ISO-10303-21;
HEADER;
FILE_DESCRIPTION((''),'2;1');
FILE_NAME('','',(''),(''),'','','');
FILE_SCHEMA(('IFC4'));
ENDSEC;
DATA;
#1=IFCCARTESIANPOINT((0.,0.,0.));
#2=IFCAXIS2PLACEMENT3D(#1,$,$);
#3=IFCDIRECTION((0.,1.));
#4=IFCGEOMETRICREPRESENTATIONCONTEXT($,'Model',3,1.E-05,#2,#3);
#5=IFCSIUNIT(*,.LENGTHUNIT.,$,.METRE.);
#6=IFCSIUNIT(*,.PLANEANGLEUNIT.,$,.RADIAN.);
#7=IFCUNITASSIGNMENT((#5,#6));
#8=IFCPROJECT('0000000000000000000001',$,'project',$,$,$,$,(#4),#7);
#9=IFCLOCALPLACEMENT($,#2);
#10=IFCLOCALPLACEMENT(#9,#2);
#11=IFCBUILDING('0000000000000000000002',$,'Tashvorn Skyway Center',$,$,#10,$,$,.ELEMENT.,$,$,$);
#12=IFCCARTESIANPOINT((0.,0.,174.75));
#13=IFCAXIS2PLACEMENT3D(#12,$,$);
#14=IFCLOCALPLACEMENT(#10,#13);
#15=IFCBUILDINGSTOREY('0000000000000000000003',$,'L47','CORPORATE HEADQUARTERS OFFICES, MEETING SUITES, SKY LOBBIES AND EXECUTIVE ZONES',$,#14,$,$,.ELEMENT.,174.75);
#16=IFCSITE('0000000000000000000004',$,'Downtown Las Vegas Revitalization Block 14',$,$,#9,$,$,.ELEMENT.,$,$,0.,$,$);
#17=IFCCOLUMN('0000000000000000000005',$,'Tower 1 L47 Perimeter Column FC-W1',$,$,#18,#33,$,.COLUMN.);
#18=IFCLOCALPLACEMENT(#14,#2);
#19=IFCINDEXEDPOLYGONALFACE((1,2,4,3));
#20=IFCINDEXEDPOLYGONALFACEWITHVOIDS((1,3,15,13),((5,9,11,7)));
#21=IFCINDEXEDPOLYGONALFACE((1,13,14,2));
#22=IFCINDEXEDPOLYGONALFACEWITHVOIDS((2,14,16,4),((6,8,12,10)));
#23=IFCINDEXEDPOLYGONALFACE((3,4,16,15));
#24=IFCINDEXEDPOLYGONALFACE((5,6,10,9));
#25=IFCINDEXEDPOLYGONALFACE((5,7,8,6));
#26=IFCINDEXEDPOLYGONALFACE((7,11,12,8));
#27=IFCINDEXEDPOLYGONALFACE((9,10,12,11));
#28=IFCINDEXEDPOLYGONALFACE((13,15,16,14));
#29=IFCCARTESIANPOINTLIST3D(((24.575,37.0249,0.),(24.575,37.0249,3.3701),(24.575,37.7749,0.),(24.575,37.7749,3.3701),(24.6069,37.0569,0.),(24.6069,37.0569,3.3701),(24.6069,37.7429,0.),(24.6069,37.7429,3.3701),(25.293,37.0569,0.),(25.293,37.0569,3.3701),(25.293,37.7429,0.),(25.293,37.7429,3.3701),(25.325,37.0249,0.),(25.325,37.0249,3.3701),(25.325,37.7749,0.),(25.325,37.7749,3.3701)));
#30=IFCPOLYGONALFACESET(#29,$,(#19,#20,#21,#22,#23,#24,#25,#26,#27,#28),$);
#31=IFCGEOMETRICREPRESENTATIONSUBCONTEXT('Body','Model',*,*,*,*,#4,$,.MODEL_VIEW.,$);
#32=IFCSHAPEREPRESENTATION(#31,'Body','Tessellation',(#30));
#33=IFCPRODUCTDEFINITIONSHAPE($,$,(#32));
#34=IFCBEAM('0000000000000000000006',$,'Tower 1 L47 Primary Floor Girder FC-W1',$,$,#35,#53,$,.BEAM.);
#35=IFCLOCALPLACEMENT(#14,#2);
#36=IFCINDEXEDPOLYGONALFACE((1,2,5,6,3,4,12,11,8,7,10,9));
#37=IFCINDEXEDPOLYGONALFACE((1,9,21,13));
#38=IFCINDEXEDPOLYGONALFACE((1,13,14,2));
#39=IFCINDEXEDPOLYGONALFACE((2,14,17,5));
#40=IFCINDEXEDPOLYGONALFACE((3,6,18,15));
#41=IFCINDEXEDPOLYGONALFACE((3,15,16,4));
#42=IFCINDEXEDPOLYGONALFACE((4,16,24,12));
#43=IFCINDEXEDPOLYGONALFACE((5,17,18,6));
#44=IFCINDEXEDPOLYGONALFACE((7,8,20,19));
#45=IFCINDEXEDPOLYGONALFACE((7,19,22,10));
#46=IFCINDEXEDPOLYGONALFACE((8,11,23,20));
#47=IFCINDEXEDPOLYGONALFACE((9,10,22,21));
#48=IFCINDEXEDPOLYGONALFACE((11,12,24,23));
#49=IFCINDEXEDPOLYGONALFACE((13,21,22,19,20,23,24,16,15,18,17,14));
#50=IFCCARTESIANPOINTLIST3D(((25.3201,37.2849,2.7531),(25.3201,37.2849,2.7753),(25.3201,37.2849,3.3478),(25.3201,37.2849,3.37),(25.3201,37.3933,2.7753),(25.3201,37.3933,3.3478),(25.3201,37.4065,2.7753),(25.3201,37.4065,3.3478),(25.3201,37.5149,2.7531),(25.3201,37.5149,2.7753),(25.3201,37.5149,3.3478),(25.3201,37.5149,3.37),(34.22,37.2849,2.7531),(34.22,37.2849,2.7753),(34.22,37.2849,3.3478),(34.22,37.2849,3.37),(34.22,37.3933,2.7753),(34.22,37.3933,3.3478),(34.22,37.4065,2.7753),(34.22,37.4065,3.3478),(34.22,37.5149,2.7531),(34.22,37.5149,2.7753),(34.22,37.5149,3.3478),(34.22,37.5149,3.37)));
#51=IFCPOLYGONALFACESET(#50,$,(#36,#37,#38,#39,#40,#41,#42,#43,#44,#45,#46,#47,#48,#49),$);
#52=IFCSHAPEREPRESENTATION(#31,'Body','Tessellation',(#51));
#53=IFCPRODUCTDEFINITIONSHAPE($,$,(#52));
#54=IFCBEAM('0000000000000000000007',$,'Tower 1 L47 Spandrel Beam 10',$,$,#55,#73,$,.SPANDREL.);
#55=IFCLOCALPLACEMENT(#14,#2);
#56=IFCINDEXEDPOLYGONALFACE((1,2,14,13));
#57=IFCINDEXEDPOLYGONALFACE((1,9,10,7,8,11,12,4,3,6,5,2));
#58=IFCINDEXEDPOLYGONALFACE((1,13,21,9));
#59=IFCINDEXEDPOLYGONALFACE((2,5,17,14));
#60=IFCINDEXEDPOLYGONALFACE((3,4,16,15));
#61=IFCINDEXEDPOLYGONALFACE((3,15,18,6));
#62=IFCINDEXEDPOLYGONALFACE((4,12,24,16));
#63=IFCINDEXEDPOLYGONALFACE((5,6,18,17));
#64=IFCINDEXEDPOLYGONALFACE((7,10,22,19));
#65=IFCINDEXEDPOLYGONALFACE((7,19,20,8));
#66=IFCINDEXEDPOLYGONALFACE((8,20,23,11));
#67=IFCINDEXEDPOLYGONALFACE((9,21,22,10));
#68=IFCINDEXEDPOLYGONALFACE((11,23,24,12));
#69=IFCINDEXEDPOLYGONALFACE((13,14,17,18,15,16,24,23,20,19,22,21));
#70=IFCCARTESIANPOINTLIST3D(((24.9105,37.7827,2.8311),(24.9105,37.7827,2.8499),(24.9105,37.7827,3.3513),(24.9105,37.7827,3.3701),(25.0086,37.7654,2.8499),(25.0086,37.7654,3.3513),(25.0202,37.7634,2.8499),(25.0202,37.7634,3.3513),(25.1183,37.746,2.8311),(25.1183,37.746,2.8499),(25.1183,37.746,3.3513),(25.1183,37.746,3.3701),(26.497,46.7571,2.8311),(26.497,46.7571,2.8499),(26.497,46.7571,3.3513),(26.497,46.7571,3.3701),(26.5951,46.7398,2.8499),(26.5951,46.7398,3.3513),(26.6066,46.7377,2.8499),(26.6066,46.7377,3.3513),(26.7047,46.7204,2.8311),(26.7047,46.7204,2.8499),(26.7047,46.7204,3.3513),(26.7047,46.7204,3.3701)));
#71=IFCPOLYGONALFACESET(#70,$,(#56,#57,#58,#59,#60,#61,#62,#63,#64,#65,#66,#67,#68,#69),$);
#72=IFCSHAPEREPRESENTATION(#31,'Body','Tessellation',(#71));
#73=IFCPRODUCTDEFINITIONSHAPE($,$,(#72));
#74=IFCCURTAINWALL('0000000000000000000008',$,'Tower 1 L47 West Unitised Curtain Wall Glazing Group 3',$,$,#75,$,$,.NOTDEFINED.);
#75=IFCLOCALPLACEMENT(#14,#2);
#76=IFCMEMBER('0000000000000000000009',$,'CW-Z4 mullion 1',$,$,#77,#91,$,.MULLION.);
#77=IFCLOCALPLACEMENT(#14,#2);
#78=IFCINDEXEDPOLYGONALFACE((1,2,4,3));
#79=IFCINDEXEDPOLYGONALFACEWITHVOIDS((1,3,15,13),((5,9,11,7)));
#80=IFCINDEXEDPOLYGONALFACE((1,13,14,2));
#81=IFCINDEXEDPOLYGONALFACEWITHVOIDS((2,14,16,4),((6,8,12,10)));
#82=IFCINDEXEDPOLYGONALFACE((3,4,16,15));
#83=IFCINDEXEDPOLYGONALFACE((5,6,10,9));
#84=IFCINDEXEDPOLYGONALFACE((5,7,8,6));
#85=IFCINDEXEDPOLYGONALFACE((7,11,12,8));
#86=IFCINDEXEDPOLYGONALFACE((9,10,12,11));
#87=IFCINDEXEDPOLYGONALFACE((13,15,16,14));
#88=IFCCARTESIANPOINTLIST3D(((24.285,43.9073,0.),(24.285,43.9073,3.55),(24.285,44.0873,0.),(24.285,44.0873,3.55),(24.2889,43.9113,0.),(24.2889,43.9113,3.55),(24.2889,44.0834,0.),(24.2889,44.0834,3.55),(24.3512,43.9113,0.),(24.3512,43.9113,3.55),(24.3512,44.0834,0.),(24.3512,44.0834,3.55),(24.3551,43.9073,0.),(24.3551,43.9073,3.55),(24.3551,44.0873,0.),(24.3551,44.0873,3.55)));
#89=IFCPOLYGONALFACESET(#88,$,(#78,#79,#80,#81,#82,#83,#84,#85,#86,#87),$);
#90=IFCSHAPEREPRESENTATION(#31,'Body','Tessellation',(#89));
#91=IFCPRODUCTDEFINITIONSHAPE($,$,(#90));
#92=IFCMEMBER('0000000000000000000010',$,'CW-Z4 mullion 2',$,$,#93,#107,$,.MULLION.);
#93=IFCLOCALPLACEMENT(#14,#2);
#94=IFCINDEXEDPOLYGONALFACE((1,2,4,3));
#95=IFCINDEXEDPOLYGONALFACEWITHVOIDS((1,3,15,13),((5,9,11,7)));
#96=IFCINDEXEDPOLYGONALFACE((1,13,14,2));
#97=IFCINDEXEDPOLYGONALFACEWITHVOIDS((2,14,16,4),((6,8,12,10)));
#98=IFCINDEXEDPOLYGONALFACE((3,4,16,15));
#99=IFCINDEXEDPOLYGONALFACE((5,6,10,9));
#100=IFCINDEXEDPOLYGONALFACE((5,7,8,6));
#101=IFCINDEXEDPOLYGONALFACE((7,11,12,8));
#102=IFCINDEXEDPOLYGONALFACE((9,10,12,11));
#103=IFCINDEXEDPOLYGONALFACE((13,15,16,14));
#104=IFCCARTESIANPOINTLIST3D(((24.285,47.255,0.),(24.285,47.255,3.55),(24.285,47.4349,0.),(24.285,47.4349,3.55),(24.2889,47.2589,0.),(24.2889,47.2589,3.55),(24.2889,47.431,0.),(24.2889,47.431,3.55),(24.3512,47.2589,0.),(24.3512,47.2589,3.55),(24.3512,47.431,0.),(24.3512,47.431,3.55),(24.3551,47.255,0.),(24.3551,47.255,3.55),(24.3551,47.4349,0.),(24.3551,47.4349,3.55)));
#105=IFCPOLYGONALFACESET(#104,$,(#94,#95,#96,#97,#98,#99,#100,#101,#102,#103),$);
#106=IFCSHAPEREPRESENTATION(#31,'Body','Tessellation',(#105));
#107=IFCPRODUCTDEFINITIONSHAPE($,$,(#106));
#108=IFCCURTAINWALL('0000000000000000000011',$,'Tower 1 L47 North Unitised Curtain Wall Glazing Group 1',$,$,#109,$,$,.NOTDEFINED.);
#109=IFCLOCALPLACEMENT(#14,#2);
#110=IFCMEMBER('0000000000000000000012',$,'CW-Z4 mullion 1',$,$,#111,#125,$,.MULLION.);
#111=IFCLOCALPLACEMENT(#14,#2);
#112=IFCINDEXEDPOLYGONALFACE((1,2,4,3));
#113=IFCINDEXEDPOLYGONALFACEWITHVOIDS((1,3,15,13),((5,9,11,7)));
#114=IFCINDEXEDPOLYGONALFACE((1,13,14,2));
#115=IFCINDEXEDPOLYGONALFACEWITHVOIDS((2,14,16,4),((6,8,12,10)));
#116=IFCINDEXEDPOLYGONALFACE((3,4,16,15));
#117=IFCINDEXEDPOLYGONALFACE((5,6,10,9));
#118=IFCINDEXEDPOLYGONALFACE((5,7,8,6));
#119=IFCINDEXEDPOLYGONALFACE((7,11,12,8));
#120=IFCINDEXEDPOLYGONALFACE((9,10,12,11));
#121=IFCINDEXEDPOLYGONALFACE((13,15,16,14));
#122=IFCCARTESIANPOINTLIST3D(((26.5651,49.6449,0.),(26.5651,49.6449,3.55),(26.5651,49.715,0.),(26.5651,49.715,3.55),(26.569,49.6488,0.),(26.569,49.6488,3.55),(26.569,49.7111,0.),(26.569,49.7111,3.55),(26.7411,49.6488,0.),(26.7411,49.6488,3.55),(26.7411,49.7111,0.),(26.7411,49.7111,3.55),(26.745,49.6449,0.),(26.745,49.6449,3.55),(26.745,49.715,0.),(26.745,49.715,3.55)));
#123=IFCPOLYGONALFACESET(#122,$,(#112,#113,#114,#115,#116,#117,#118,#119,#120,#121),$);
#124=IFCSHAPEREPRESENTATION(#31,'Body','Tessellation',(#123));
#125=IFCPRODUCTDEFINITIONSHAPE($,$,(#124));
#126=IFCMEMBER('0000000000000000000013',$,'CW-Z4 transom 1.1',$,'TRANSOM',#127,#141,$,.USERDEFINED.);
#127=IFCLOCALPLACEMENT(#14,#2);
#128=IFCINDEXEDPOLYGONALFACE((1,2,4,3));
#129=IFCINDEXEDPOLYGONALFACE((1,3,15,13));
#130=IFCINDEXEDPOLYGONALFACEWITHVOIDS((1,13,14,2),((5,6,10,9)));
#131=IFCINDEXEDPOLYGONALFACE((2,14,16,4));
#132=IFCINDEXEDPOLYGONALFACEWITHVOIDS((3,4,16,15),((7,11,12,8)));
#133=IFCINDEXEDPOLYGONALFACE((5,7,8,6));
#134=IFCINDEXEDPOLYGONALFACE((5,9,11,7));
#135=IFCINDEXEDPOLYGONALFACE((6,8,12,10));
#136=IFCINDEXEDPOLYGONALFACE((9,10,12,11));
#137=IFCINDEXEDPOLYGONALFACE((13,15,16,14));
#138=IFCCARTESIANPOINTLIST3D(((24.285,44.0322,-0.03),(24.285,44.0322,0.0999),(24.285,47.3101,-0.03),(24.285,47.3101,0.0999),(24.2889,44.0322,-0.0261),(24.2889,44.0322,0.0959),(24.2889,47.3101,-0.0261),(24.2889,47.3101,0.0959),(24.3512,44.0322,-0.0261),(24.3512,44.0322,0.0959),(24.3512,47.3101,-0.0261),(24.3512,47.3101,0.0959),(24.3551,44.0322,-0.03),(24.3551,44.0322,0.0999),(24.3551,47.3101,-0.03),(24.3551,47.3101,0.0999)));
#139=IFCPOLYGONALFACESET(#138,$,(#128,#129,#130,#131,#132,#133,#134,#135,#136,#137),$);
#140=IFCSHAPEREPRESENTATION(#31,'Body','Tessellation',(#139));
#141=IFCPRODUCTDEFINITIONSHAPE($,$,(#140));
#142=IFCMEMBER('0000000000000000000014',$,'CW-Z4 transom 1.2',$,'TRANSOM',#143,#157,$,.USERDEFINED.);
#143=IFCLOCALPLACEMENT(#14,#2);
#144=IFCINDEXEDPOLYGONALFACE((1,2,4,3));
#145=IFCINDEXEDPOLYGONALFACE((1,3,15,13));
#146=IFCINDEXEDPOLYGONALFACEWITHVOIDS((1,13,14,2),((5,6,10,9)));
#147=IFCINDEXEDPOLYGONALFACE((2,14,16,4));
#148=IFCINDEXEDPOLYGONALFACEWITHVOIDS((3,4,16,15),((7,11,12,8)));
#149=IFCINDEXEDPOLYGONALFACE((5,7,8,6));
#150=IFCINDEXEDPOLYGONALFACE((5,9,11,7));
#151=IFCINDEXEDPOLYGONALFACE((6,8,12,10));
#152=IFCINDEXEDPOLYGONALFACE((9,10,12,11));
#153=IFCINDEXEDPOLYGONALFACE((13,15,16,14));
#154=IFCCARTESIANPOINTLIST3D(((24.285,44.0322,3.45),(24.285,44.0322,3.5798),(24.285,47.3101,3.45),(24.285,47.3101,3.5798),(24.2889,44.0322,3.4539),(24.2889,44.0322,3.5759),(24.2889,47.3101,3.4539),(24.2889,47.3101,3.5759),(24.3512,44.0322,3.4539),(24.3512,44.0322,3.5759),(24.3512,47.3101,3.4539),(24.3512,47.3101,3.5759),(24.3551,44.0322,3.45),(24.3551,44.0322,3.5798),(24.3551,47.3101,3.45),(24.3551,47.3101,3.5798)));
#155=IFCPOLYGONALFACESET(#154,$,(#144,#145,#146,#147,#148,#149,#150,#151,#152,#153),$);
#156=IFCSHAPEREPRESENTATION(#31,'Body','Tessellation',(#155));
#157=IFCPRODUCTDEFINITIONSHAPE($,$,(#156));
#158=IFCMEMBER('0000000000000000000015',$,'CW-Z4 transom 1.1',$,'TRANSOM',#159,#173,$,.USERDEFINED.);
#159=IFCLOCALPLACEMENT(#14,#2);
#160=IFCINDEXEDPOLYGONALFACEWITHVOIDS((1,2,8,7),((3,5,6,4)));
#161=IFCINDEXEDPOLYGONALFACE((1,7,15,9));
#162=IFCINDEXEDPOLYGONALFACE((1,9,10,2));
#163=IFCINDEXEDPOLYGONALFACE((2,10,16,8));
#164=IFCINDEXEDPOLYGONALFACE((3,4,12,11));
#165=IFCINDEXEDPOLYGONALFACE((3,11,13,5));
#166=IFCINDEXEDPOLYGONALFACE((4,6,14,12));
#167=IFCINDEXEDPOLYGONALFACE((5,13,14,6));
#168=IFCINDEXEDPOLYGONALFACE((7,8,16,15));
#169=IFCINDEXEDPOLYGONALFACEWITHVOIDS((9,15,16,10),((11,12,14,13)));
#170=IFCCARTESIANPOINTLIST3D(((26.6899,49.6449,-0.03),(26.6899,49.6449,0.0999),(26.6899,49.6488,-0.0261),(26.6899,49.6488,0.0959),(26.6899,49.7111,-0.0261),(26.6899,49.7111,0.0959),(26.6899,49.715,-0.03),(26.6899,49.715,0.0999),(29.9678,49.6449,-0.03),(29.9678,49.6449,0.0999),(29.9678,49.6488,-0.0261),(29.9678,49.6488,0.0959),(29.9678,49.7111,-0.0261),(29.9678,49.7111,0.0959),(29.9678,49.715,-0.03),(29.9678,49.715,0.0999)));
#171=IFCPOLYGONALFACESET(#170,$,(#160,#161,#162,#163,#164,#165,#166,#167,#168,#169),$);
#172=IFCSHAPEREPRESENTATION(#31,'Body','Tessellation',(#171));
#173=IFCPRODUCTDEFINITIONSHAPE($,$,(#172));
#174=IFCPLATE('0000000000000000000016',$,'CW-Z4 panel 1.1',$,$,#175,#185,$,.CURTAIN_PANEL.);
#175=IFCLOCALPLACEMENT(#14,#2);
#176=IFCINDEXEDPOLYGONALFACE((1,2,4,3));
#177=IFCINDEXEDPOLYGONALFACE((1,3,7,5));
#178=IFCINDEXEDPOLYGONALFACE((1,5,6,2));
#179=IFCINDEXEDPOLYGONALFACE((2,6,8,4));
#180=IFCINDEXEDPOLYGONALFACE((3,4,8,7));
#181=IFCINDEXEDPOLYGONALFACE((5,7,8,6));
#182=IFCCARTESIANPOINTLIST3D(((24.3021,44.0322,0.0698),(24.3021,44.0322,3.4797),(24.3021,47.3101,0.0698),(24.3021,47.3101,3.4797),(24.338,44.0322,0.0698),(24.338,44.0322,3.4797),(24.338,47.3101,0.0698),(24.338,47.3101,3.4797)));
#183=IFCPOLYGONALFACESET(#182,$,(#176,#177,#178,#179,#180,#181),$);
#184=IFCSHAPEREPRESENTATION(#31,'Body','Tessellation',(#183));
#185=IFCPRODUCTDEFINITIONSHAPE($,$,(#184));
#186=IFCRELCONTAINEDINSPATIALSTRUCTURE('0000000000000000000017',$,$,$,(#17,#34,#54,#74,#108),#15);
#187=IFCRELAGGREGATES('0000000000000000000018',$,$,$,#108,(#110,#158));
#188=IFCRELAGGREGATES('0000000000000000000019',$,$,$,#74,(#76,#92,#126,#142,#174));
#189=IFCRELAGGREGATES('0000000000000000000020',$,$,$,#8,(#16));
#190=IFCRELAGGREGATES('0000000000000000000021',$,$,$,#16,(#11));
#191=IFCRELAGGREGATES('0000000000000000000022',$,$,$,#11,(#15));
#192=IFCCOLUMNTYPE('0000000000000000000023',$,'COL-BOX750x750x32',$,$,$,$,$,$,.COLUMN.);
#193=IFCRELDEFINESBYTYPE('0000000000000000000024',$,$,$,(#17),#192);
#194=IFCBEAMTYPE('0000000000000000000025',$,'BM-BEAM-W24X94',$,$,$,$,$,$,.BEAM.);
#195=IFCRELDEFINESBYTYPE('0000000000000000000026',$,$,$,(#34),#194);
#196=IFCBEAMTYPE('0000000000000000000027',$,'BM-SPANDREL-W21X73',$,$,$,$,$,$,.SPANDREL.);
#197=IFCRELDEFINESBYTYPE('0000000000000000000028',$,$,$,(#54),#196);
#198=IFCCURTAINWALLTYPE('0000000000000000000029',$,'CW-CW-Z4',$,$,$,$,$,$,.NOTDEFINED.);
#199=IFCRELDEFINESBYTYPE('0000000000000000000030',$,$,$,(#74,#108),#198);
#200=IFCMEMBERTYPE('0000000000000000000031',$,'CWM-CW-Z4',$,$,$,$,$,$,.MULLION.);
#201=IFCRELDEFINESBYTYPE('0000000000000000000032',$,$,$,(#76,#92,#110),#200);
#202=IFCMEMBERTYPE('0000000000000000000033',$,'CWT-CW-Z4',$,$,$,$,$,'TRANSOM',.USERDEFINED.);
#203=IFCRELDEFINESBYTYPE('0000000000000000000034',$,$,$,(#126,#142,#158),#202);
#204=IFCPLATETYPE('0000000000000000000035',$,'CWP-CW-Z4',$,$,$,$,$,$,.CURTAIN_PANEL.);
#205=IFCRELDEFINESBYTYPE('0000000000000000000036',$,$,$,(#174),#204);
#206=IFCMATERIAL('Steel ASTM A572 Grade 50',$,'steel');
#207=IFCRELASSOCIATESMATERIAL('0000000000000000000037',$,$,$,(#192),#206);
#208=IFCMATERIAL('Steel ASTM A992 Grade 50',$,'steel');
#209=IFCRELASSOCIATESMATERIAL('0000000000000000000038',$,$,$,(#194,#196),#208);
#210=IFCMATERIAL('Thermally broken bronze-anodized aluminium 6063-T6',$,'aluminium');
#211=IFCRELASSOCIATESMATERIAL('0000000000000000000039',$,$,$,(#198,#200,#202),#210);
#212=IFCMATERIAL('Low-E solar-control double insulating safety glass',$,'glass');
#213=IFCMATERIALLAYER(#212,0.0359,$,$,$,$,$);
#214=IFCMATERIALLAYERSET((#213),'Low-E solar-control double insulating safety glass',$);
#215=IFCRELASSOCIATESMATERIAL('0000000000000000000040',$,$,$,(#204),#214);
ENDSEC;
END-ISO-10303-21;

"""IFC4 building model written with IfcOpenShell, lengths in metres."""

from ifc_helpers import new_model, si_unit, direction, frame, origin, origin_2d, place, context, subcontext, project, spatial, rectangle, hollow_rectangle, i_section, extrude, material, layer, layer_set, material_profile, profile_set, type_object, element, aggregate, save


model = new_model("IFC4")

# Units and contexts
model_context = context("Model", 3, precision=1e-05, world=origin(), true_north=direction((0.0, 1.0)))
body_context = subcontext(model_context, "Body", "Model", "MODEL_VIEW")
ifc_project = project(units=[si_unit("LENGTHUNIT", "METRE"), si_unit("PLANEANGLEUNIT", "RADIAN")], contexts=[model_context])

# Site, building, storey
site_placement = place(None, origin())
site = spatial("IfcSite", under=ifc_project, at=site_placement, Name="Downtown Las Vegas Revitalization Block 14", CompositionType="ELEMENT", RefElevation=0.0)
building_placement = place(site_placement, origin())
building = spatial("IfcBuilding", under=site, at=building_placement, Name="Tashvorn Skyway Center", CompositionType="ELEMENT")
storey_placement = place(building_placement, frame((0.0, 0.0, 174.75)))
storey = spatial("IfcBuildingStorey", under=building, at=storey_placement, Name="L47", Description="CORPORATE HEADQUARTERS OFFICES, MEETING SUITES, SKY LOBBIES AND EXECUTIVE ZONES", CompositionType="ELEMENT", Elevation=174.75)

# Column
ifc_material_1 = material(Name="Steel ASTM A572 Grade 50", Category="steel")
ifc_material_profile_1 = material_profile(ifc_material_1, hollow_rectangle(XDim=0.75, YDim=0.75, WallThickness=0.032, at=origin_2d()), Name="BOX750x750x32")
ifc_profile_set_1 = profile_set([ifc_material_profile_1], Name="Steel ASTM A572 Grade 50")
column_type = type_object("IfcColumnType", Name="COL-BOX750x750x32", PredefinedType="COLUMN", material=ifc_profile_set_1)
column_placement = place(storey_placement, frame((24.95, 37.3999, 0.0), z_axis=(0.0, 0.0, 1.0), x_axis=(1.0, 0.0, 0.0)))
element("IfcColumn", 1, at=column_placement, inside=storey, type_object=column_type, Name="Tower 1 L47 Perimeter Column FC-W1", PredefinedType="COLUMN", context=body_context, shape_type="SweptSolid", body=[
    extrude(hollow_rectangle(XDim=0.75, YDim=0.75, WallThickness=0.032, at=origin_2d()), origin(), (0.0, 0.0, 1.0), 3.3701),
])

# Beams
ifc_material_2 = material(Name="Steel ASTM A992 Grade 50", Category="steel")
ifc_material_profile_2 = material_profile(ifc_material_2, i_section(OverallWidth=0.23, OverallDepth=0.6169, WebThickness=0.0132, FlangeThickness=0.0222, at=origin_2d()), Name="W24X94")
ifc_profile_set_2 = profile_set([ifc_material_profile_2], Name="Steel ASTM A992 Grade 50")
beam_type_1 = type_object("IfcBeamType", Name="BM-BEAM-W24X94", PredefinedType="BEAM", material=ifc_profile_set_2)
beam_1_placement = place(storey_placement, frame((25.3201, 37.3999, 3.0615), z_axis=(1.0, 0.0, 0.0), x_axis=(0.0, 1.0, 0.0)))
element("IfcBeam", 2, at=beam_1_placement, inside=storey, type_object=beam_type_1, Name="Tower 1 L47 Primary Floor Girder FC-W1", PredefinedType="BEAM", context=body_context, shape_type="SweptSolid", body=[
    extrude(i_section(OverallWidth=0.23, OverallDepth=0.6169, WebThickness=0.0132, FlangeThickness=0.0222, at=origin_2d()), origin(), (0.0, 0.0, 1.0), 8.8999),
])
ifc_material_profile_3 = material_profile(ifc_material_2, i_section(OverallWidth=0.2109, OverallDepth=0.5391, WebThickness=0.0117, FlangeThickness=0.0188, at=origin_2d()), Name="W21X73")
ifc_profile_set_3 = profile_set([ifc_material_profile_3], Name="Steel ASTM A992 Grade 50")
beam_type_2 = type_object("IfcBeamType", Name="BM-SPANDREL-W21X73", PredefinedType="SPANDREL", material=ifc_profile_set_3)
beam_2_placement = place(storey_placement, frame((26.6008, 46.7388, 3.1006), z_axis=(-0.174074, -0.984733, 0.0), x_axis=(0.984733, -0.174074, 0.0)))
element("IfcBeam", 3, at=beam_2_placement, inside=storey, type_object=beam_type_2, Name="Tower 1 L47 Spandrel Beam 10", PredefinedType="SPANDREL", context=body_context, shape_type="SweptSolid", body=[
    extrude(i_section(OverallWidth=0.2109, OverallDepth=0.5391, WebThickness=0.0117, FlangeThickness=0.0188, at=origin_2d()), origin(), (0.0, 0.0, 1.0), 9.1135),
])

# Curtain wall, members
ifc_material_3 = material(Name="Thermally broken bronze-anodized aluminium 6063-T6", Category="aluminium")
curtain_wall_type = type_object("IfcCurtainWallType", Name="CW-CW-Z4", PredefinedType="NOTDEFINED", material=ifc_material_3)
curtain_wall_1_placement = place(storey_placement, origin())
curtain_wall_1 = element("IfcCurtainWall", 4, at=curtain_wall_1_placement, inside=storey, type_object=curtain_wall_type, Name="Tower 1 L47 West Unitised Curtain Wall Glazing Group 3", PredefinedType="NOTDEFINED")
ifc_material_profile_4 = material_profile(ifc_material_3, hollow_rectangle(XDim=0.0701, YDim=0.1799, WallThickness=0.0039, at=origin_2d()), Name="ALU-MULL-70x180")
ifc_profile_set_4 = profile_set([ifc_material_profile_4], Name="Thermally broken bronze-anodized aluminium 6063-T6")
member_type_1 = type_object("IfcMemberType", Name="CWM-CW-Z4", PredefinedType="MULLION", material=ifc_profile_set_4)
member_1_placement = place(storey_placement, frame((24.3201, 43.9973, 0.0), z_axis=(0.0, 0.0, 1.0), x_axis=(-1.0, 0.0, 0.0)))
member_1 = element("IfcMember", 5, at=member_1_placement, type_object=member_type_1, Name="CW-Z4 mullion 1", PredefinedType="MULLION", context=body_context, shape_type="SweptSolid", body=[
    extrude(hollow_rectangle(XDim=0.0701, YDim=0.1799, WallThickness=0.0039, at=origin_2d()), origin(), (0.0, 0.0, 1.0), 3.55),
])
member_2_placement = place(storey_placement, frame((24.3201, 47.345, 0.0), z_axis=(0.0, 0.0, 1.0), x_axis=(-1.0, 0.0, 0.0)))
member_2 = element("IfcMember", 6, at=member_2_placement, type_object=member_type_1, Name="CW-Z4 mullion 2", PredefinedType="MULLION", context=body_context, shape_type="SweptSolid", body=[
    extrude(hollow_rectangle(XDim=0.0701, YDim=0.1799, WallThickness=0.0039, at=origin_2d()), origin(), (0.0, 0.0, 1.0), 3.55),
])

# Curtain wall, member
curtain_wall_2_placement = place(storey_placement, origin())
curtain_wall_2 = element("IfcCurtainWall", 7, at=curtain_wall_2_placement, inside=storey, type_object=curtain_wall_type, Name="Tower 1 L47 North Unitised Curtain Wall Glazing Group 1", PredefinedType="NOTDEFINED")
member_3_placement = place(storey_placement, frame((26.655, 49.6799, 0.0), z_axis=(0.0, 0.0, 1.0), x_axis=(0.0, 1.0, 0.0)))
member_3 = element("IfcMember", 8, at=member_3_placement, type_object=member_type_1, Name="CW-Z4 mullion 1", PredefinedType="MULLION", context=body_context, shape_type="SweptSolid", body=[
    extrude(hollow_rectangle(XDim=0.0701, YDim=0.1799, WallThickness=0.0039, at=origin_2d()), origin(), (0.0, 0.0, 1.0), 3.55),
])

# Members
ifc_material_profile_5 = material_profile(ifc_material_3, hollow_rectangle(XDim=0.0701, YDim=0.1299, WallThickness=0.0039, at=origin_2d()), Name="ALU-TRAN-70x130")
ifc_profile_set_5 = profile_set([ifc_material_profile_5], Name="Thermally broken bronze-anodized aluminium 6063-T6")
member_type_2 = type_object("IfcMemberType", Name="CWT-CW-Z4", ElementType="TRANSOM", PredefinedType="USERDEFINED", material=ifc_profile_set_5)
member_4_placement = place(storey_placement, frame((24.3201, 44.0322, 0.0349), z_axis=(0.0, 1.0, 0.0), x_axis=(-1.0, 0.0, 0.0)))
member_4 = element("IfcMember", 9, at=member_4_placement, type_object=member_type_2, Name="CW-Z4 transom 1.1", ObjectType="TRANSOM", PredefinedType="USERDEFINED", context=body_context, shape_type="SweptSolid", body=[
    extrude(hollow_rectangle(XDim=0.0701, YDim=0.1299, WallThickness=0.0039, at=origin_2d()), origin(), (0.0, 0.0, 1.0), 3.2778),
])
member_5_placement = place(storey_placement, frame((24.3201, 44.0322, 3.5149), z_axis=(0.0, 1.0, 0.0), x_axis=(-1.0, 0.0, 0.0)))
member_5 = element("IfcMember", 10, at=member_5_placement, type_object=member_type_2, Name="CW-Z4 transom 1.2", ObjectType="TRANSOM", PredefinedType="USERDEFINED", context=body_context, shape_type="SweptSolid", body=[
    extrude(hollow_rectangle(XDim=0.0701, YDim=0.1299, WallThickness=0.0039, at=origin_2d()), origin(), (0.0, 0.0, 1.0), 3.2778),
])
member_6_placement = place(storey_placement, frame((26.6899, 49.6799, 0.0349), z_axis=(1.0, 0.0, 0.0), x_axis=(0.0, 1.0, 0.0)))
member_6 = element("IfcMember", 11, at=member_6_placement, type_object=member_type_2, Name="CW-Z4 transom 1.1", ObjectType="TRANSOM", PredefinedType="USERDEFINED", context=body_context, shape_type="SweptSolid", body=[
    extrude(hollow_rectangle(XDim=0.0701, YDim=0.1299, WallThickness=0.0039, at=origin_2d()), origin(), (0.0, 0.0, 1.0), 3.2778),
])
aggregate(curtain_wall_2, [member_3, member_6])

# Plate
ifc_material_4 = material(Name="Low-E solar-control double insulating safety glass", Category="glass")
ifc_layer_1 = layer(ifc_material_4, 0.0359)
ifc_layer_set_1 = layer_set([ifc_layer_1], Name="Low-E solar-control double insulating safety glass")
plate_type = type_object("IfcPlateType", Name="CWP-CW-Z4", PredefinedType="CURTAIN_PANEL", material=ifc_layer_set_1)
plate_placement = place(storey_placement, frame((24.3201, 45.6711, 0.0698), z_axis=(0.0, 0.0, 1.0), x_axis=(0.0, 1.0, 0.0)))
plate = element("IfcPlate", 12, at=plate_placement, type_object=plate_type, Name="CW-Z4 panel 1.1", PredefinedType="CURTAIN_PANEL", context=body_context, shape_type="SweptSolid", body=[
    extrude(rectangle(XDim=3.2778, YDim=0.0359, at=origin_2d()), origin(), (0.0, 0.0, 1.0), 3.4099),
])
aggregate(curtain_wall_1, [member_1, member_2, member_4, member_5, plate])

save(model, "model.ifc")
